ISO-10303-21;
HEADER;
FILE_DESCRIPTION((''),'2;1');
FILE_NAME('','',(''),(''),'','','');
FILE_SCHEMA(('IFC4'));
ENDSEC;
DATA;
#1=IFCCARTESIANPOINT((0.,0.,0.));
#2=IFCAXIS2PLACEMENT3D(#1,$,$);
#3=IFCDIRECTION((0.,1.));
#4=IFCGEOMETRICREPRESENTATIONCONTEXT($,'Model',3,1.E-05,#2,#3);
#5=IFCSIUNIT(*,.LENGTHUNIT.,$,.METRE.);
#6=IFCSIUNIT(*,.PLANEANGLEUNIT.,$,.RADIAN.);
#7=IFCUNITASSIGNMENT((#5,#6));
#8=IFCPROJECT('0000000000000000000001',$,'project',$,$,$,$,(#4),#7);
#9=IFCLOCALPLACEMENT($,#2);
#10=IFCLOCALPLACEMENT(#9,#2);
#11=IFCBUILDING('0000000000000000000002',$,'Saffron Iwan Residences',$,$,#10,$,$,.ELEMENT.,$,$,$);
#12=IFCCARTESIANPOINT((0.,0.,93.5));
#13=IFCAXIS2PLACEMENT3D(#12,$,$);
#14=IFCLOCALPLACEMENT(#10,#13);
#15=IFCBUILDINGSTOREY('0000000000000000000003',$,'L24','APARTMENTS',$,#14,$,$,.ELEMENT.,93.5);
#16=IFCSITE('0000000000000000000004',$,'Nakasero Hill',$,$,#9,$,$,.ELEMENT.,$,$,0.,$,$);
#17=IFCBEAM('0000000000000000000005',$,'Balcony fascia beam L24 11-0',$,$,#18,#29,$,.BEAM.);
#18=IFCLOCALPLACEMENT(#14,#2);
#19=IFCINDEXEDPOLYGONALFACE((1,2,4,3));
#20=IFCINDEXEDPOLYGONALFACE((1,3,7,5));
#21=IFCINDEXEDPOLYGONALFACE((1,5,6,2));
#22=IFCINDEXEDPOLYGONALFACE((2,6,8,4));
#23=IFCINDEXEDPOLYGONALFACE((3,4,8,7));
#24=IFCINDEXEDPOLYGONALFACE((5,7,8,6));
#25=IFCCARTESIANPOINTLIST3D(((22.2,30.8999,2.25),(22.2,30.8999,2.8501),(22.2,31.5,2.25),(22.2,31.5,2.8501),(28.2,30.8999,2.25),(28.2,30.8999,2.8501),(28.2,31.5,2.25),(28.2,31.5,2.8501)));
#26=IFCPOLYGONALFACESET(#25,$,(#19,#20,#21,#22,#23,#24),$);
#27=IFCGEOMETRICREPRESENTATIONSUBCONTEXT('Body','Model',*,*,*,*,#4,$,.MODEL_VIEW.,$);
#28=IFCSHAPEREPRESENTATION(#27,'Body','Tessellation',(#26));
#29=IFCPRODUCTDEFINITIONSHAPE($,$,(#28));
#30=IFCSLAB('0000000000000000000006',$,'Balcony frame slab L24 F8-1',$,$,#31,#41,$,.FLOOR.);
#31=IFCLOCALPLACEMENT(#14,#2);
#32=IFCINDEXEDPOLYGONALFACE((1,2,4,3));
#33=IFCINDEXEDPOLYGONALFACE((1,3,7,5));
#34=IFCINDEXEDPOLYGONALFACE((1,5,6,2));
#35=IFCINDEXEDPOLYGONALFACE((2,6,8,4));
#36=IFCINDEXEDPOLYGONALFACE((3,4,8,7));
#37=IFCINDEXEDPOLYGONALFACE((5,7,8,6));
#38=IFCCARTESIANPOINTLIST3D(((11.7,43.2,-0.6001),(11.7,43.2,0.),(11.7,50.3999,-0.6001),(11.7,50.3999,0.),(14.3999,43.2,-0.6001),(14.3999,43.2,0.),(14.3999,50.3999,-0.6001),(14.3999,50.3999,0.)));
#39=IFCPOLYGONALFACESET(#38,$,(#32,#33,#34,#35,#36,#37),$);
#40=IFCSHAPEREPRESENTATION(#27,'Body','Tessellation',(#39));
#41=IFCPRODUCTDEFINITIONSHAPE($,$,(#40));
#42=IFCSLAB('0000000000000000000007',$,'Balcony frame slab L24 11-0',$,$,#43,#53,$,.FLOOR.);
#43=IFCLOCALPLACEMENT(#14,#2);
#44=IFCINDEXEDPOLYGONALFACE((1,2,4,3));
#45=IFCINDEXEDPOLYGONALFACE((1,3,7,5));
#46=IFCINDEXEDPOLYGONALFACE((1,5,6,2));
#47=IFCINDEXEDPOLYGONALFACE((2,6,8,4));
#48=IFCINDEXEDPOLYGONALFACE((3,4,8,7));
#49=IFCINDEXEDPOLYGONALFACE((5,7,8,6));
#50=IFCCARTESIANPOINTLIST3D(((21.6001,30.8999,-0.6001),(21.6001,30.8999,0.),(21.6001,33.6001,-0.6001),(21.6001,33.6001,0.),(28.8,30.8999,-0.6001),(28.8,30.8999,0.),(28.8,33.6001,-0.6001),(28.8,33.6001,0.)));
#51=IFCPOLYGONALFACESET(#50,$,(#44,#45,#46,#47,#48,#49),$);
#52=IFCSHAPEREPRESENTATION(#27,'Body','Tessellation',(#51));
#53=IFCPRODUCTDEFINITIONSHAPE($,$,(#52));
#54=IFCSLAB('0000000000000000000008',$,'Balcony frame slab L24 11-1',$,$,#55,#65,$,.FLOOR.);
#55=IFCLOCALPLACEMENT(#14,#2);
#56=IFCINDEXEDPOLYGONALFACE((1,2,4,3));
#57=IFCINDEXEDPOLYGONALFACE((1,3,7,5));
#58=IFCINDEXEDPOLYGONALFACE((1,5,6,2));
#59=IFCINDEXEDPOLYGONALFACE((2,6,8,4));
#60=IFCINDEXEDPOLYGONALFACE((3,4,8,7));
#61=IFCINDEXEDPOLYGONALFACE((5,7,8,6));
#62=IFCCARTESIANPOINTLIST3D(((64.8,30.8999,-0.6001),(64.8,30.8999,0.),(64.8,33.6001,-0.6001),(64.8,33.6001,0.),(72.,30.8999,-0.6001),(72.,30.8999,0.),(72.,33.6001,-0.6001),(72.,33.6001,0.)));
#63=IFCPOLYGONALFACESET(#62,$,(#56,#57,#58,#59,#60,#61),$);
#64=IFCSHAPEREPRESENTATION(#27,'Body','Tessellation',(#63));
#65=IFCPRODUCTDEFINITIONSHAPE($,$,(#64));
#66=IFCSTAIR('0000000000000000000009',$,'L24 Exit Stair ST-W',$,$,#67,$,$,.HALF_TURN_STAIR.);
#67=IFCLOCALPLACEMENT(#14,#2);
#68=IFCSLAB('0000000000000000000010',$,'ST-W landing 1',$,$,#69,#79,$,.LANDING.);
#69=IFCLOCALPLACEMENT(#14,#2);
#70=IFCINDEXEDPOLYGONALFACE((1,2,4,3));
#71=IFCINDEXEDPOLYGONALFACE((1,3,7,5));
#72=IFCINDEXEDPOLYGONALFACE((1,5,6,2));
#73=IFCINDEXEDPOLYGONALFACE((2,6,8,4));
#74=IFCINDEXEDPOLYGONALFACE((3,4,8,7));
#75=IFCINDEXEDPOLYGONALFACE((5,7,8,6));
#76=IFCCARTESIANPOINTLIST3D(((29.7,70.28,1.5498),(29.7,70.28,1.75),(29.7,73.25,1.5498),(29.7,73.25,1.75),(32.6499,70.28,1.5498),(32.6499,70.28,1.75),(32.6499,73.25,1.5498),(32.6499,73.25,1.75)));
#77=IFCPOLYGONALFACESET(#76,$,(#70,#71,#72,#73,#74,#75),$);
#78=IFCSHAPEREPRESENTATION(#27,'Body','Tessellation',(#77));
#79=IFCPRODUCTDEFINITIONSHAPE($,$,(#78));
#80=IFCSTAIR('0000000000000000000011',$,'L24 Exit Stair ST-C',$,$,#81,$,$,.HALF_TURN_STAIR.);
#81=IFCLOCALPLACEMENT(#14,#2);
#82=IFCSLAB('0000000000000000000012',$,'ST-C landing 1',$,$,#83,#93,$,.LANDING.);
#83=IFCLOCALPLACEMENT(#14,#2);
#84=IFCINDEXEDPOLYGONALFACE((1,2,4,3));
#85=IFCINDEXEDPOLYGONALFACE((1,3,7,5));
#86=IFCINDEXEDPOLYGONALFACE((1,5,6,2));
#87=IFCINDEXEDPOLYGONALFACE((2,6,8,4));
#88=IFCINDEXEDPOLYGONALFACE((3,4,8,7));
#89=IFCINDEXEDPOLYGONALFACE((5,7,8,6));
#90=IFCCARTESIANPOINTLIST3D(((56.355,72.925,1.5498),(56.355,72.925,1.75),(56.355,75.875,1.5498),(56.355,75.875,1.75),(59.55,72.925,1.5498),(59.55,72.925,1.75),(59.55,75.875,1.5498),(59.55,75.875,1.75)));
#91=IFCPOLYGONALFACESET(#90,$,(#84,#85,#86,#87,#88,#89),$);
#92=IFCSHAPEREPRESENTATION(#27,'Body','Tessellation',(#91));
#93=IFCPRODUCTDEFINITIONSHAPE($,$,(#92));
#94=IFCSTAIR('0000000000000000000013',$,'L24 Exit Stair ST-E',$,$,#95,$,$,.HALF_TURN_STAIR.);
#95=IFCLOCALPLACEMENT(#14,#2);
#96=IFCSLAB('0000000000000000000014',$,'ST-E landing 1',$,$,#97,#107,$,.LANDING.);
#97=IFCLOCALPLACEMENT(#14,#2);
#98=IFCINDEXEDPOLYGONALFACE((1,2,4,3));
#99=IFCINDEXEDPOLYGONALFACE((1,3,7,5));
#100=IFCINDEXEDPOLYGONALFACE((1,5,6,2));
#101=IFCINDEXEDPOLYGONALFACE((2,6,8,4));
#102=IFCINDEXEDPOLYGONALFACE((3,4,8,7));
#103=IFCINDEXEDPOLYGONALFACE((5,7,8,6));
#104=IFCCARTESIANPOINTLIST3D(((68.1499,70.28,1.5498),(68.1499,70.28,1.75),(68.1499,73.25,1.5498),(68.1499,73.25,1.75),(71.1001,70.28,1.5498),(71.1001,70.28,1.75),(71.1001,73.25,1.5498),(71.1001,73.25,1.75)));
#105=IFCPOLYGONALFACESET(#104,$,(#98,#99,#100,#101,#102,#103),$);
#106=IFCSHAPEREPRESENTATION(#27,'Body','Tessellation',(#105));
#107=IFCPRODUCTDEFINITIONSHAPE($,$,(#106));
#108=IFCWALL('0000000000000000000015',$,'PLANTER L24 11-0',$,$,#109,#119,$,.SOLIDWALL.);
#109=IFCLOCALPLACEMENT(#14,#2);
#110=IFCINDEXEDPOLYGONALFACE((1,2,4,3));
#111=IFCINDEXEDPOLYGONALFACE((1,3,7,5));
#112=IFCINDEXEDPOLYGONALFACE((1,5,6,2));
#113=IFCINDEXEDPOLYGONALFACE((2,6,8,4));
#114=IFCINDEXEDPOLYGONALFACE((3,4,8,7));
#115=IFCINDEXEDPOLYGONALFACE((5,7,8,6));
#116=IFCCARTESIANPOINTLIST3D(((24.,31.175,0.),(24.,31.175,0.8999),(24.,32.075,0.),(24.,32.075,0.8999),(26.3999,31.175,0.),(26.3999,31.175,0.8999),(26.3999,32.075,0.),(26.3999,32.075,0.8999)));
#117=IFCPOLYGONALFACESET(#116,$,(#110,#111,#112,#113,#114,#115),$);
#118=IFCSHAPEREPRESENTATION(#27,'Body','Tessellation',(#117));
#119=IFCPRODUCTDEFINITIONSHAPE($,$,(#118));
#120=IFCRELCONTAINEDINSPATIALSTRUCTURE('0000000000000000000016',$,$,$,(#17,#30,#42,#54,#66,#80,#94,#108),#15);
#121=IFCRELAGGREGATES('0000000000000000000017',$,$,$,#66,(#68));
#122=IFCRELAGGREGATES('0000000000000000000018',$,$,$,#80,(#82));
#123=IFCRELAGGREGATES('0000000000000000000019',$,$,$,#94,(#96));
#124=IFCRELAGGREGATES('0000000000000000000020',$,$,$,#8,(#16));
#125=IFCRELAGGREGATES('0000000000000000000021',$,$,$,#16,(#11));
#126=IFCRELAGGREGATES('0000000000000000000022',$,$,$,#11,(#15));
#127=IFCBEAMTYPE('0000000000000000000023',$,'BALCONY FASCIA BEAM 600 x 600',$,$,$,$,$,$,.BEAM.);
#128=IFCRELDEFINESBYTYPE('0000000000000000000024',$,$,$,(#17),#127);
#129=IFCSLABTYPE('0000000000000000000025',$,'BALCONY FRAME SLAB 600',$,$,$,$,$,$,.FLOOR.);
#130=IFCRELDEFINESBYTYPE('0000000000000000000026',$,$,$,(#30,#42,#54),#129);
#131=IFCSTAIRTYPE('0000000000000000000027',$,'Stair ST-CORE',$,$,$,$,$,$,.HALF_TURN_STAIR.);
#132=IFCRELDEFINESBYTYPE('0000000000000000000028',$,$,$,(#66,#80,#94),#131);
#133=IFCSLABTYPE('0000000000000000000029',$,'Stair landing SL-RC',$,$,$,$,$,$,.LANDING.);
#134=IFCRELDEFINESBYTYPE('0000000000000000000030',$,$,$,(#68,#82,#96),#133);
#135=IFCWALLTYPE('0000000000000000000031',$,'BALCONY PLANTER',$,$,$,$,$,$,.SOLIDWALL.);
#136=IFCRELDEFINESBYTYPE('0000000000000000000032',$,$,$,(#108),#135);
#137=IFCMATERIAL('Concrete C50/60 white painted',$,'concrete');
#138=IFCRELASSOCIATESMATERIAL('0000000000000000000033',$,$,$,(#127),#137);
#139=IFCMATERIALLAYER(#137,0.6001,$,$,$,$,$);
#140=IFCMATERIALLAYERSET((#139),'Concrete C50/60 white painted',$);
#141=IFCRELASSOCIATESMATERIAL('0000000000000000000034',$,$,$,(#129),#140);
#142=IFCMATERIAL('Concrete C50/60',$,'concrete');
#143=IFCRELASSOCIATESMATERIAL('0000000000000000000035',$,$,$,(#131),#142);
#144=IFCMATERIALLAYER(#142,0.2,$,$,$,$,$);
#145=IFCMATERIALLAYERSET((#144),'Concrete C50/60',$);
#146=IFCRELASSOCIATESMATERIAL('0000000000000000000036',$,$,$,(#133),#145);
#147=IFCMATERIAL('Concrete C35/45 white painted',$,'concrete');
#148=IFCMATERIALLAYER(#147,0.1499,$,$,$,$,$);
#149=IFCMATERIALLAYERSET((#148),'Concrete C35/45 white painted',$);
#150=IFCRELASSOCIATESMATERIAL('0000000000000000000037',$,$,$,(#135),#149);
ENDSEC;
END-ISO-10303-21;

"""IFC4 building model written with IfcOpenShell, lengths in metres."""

from ifc_helpers import new_model, si_unit, direction, frame, frame_2d, origin, origin_2d, place, context, subcontext, project, spatial, polyline, rectangle, outline, extrude, source, transform, mapped, material, layer, layer_set, material_profile, profile_set, type_object, element, aggregate, save


model = new_model("IFC4")

# Units and contexts
model_context = context("Model", 3, precision=1e-05, world=origin(), true_north=direction((0.0, 1.0)))
body_context = subcontext(model_context, "Body", "Model", "MODEL_VIEW")
ifc_project = project(units=[si_unit("LENGTHUNIT", "METRE"), si_unit("PLANEANGLEUNIT", "RADIAN")], contexts=[model_context])

# Site, building, storey
site_placement = place(None, origin())
site = spatial("IfcSite", under=ifc_project, at=site_placement, Name="Nakasero Hill", CompositionType="ELEMENT", RefElevation=0.0)
building_placement = place(site_placement, origin())
building = spatial("IfcBuilding", under=site, at=building_placement, Name="Saffron Iwan Residences", CompositionType="ELEMENT")
storey_placement = place(building_placement, frame((0.0, 0.0, 93.5)))
storey = spatial("IfcBuildingStorey", under=building, at=storey_placement, Name="L24", Description="APARTMENTS", CompositionType="ELEMENT", Elevation=93.5)

# Beam
ifc_material_1 = material(Name="Concrete C50/60 white painted", Category="concrete")
ifc_material_profile = material_profile(ifc_material_1, rectangle(XDim=0.6001, YDim=0.6001, at=origin_2d()), Name="BALCONY FASCIA BEAM 600 x 600")
ifc_profile_set = profile_set([ifc_material_profile], Name="Concrete C50/60 white painted")
beam_type = type_object("IfcBeamType", Name="BALCONY FASCIA BEAM 600 x 600", PredefinedType="BEAM", material=ifc_profile_set)
shared_shape = source(origin(), body_context, "Body", "SweptSolid", [
    extrude(rectangle(XDim=0.6001, YDim=0.6001, at=origin_2d()), origin(), (0.0, 0.0, 1.0), 6.0),
])
beam_placement = place(storey_placement, frame((22.2, 31.2, 2.55), z_axis=(1.0, 0.0, 0.0), x_axis=(0.0, 1.0, 0.0)))
element("IfcBeam", 1, at=beam_placement, inside=storey, type_object=beam_type, Name="Balcony fascia beam L24 11-0", PredefinedType="BEAM", context=body_context, shape_type="MappedRepresentation", body=[
    mapped(shared_shape, transform((0.0, 0.0, 0.0))),
])

# Slabs
ifc_layer_1 = layer(ifc_material_1, 0.6001)
ifc_layer_set_1 = layer_set([ifc_layer_1], Name="Concrete C50/60 white painted")
slab_type_1 = type_object("IfcSlabType", Name="BALCONY FRAME SLAB 600", PredefinedType="FLOOR", material=ifc_layer_set_1)
slab_1_placement = place(storey_placement, frame((0.0, 0.0, -0.6001)))
element("IfcSlab", 2, at=slab_1_placement, inside=storey, type_object=slab_type_1, Name="Balcony frame slab L24 F8-1", PredefinedType="FLOOR", context=body_context, shape_type="SweptSolid", body=[
    extrude(outline(polyline([(11.7, 50.3999), (11.7, 43.2), (14.3999, 43.2), (14.3999, 50.3999), (11.7, 50.3999)])), origin(), (0.0, 0.0, 1.0), 0.6001),
])
slab_2_placement = place(storey_placement, frame((0.0, 0.0, -0.6001)))
element("IfcSlab", 3, at=slab_2_placement, inside=storey, type_object=slab_type_1, Name="Balcony frame slab L24 11-0", PredefinedType="FLOOR", context=body_context, shape_type="SweptSolid", body=[
    extrude(outline(polyline([(21.6001, 30.8999), (28.8, 30.8999), (28.8, 33.6001), (21.6001, 33.6001), (21.6001, 30.8999)])), origin(), (0.0, 0.0, 1.0), 0.6001),
])
slab_3_placement = place(storey_placement, frame((0.0, 0.0, -0.6001)))
element("IfcSlab", 4, at=slab_3_placement, inside=storey, type_object=slab_type_1, Name="Balcony frame slab L24 11-1", PredefinedType="FLOOR", context=body_context, shape_type="SweptSolid", body=[
    extrude(outline(polyline([(64.8, 30.8999), (72.0, 30.8999), (72.0, 33.6001), (64.8, 33.6001), (64.8, 30.8999)])), origin(), (0.0, 0.0, 1.0), 0.6001),
])

# Stairs, slabs
ifc_material_2 = material(Name="Concrete C50/60", Category="concrete")
stair_type = type_object("IfcStairType", Name="Stair ST-CORE", PredefinedType="HALF_TURN_STAIR", material=ifc_material_2)
stair_1_placement = place(storey_placement, origin())
stair_1 = element("IfcStair", 5, at=stair_1_placement, inside=storey, type_object=stair_type, Name="L24 Exit Stair ST-W", PredefinedType="HALF_TURN_STAIR")
ifc_layer_2 = layer(ifc_material_2, 0.2)
ifc_layer_set_2 = layer_set([ifc_layer_2], Name="Concrete C50/60")
slab_type_2 = type_object("IfcSlabType", Name="Stair landing SL-RC", PredefinedType="LANDING", material=ifc_layer_set_2)
slab_4_placement = place(storey_placement, frame((0.0, 0.0, 1.5498)))
slab_4 = element("IfcSlab", 6, at=slab_4_placement, type_object=slab_type_2, Name="ST-W landing 1", PredefinedType="LANDING", context=body_context, shape_type="SweptSolid", body=[
    extrude(outline(polyline([(32.6499, 70.28), (32.6499, 73.25), (29.7, 73.25), (29.7, 70.28), (32.6499, 70.28)])), origin(), (0.0, 0.0, 1.0), 0.2002),
])
aggregate(stair_1, [slab_4])
stair_2_placement = place(storey_placement, origin())
stair_2 = element("IfcStair", 7, at=stair_2_placement, inside=storey, type_object=stair_type, Name="L24 Exit Stair ST-C", PredefinedType="HALF_TURN_STAIR")
slab_5_placement = place(storey_placement, frame((0.0, 0.0, 1.5498)))
slab_5 = element("IfcSlab", 8, at=slab_5_placement, type_object=slab_type_2, Name="ST-C landing 1", PredefinedType="LANDING", context=body_context, shape_type="SweptSolid", body=[
    extrude(outline(polyline([(56.355, 72.925), (59.55, 72.925), (59.55, 75.875), (56.355, 75.875), (56.355, 72.925)])), origin(), (0.0, 0.0, 1.0), 0.2002),
])
aggregate(stair_2, [slab_5])
stair_3_placement = place(storey_placement, origin())
stair_3 = element("IfcStair", 9, at=stair_3_placement, inside=storey, type_object=stair_type, Name="L24 Exit Stair ST-E", PredefinedType="HALF_TURN_STAIR")
slab_6_placement = place(storey_placement, frame((0.0, 0.0, 1.5498)))
slab_6 = element("IfcSlab", 10, at=slab_6_placement, type_object=slab_type_2, Name="ST-E landing 1", PredefinedType="LANDING", context=body_context, shape_type="SweptSolid", body=[
    extrude(outline(polyline([(71.1001, 70.28), (71.1001, 73.25), (68.1499, 73.25), (68.1499, 70.28), (71.1001, 70.28)])), origin(), (0.0, 0.0, 1.0), 0.2002),
])
aggregate(stair_3, [slab_6])

# Wall
ifc_material_3 = material(Name="Concrete C35/45 white painted", Category="concrete")
ifc_layer_3 = layer(ifc_material_3, 0.1499)
ifc_layer_set_3 = layer_set([ifc_layer_3], Name="Concrete C35/45 white painted")
wall_type = type_object("IfcWallType", Name="BALCONY PLANTER", PredefinedType="SOLIDWALL", material=ifc_layer_set_3)
wall_placement = place(storey_placement, frame((24.0, 31.625, 0.0), z_axis=(0.0, 0.0, 1.0), x_axis=(1.0, 0.0, 0.0)))
element("IfcWall", 11, at=wall_placement, inside=storey, type_object=wall_type, Name="PLANTER L24 11-0", PredefinedType="SOLIDWALL", context=body_context, shape_type="SweptSolid", body=[
    extrude(rectangle(XDim=2.3999, YDim=0.8999, at=frame_2d((1.2, 0.0))), origin(), (0.0, 0.0, 1.0), 0.8999),
])

save(model, "model.ifc")
